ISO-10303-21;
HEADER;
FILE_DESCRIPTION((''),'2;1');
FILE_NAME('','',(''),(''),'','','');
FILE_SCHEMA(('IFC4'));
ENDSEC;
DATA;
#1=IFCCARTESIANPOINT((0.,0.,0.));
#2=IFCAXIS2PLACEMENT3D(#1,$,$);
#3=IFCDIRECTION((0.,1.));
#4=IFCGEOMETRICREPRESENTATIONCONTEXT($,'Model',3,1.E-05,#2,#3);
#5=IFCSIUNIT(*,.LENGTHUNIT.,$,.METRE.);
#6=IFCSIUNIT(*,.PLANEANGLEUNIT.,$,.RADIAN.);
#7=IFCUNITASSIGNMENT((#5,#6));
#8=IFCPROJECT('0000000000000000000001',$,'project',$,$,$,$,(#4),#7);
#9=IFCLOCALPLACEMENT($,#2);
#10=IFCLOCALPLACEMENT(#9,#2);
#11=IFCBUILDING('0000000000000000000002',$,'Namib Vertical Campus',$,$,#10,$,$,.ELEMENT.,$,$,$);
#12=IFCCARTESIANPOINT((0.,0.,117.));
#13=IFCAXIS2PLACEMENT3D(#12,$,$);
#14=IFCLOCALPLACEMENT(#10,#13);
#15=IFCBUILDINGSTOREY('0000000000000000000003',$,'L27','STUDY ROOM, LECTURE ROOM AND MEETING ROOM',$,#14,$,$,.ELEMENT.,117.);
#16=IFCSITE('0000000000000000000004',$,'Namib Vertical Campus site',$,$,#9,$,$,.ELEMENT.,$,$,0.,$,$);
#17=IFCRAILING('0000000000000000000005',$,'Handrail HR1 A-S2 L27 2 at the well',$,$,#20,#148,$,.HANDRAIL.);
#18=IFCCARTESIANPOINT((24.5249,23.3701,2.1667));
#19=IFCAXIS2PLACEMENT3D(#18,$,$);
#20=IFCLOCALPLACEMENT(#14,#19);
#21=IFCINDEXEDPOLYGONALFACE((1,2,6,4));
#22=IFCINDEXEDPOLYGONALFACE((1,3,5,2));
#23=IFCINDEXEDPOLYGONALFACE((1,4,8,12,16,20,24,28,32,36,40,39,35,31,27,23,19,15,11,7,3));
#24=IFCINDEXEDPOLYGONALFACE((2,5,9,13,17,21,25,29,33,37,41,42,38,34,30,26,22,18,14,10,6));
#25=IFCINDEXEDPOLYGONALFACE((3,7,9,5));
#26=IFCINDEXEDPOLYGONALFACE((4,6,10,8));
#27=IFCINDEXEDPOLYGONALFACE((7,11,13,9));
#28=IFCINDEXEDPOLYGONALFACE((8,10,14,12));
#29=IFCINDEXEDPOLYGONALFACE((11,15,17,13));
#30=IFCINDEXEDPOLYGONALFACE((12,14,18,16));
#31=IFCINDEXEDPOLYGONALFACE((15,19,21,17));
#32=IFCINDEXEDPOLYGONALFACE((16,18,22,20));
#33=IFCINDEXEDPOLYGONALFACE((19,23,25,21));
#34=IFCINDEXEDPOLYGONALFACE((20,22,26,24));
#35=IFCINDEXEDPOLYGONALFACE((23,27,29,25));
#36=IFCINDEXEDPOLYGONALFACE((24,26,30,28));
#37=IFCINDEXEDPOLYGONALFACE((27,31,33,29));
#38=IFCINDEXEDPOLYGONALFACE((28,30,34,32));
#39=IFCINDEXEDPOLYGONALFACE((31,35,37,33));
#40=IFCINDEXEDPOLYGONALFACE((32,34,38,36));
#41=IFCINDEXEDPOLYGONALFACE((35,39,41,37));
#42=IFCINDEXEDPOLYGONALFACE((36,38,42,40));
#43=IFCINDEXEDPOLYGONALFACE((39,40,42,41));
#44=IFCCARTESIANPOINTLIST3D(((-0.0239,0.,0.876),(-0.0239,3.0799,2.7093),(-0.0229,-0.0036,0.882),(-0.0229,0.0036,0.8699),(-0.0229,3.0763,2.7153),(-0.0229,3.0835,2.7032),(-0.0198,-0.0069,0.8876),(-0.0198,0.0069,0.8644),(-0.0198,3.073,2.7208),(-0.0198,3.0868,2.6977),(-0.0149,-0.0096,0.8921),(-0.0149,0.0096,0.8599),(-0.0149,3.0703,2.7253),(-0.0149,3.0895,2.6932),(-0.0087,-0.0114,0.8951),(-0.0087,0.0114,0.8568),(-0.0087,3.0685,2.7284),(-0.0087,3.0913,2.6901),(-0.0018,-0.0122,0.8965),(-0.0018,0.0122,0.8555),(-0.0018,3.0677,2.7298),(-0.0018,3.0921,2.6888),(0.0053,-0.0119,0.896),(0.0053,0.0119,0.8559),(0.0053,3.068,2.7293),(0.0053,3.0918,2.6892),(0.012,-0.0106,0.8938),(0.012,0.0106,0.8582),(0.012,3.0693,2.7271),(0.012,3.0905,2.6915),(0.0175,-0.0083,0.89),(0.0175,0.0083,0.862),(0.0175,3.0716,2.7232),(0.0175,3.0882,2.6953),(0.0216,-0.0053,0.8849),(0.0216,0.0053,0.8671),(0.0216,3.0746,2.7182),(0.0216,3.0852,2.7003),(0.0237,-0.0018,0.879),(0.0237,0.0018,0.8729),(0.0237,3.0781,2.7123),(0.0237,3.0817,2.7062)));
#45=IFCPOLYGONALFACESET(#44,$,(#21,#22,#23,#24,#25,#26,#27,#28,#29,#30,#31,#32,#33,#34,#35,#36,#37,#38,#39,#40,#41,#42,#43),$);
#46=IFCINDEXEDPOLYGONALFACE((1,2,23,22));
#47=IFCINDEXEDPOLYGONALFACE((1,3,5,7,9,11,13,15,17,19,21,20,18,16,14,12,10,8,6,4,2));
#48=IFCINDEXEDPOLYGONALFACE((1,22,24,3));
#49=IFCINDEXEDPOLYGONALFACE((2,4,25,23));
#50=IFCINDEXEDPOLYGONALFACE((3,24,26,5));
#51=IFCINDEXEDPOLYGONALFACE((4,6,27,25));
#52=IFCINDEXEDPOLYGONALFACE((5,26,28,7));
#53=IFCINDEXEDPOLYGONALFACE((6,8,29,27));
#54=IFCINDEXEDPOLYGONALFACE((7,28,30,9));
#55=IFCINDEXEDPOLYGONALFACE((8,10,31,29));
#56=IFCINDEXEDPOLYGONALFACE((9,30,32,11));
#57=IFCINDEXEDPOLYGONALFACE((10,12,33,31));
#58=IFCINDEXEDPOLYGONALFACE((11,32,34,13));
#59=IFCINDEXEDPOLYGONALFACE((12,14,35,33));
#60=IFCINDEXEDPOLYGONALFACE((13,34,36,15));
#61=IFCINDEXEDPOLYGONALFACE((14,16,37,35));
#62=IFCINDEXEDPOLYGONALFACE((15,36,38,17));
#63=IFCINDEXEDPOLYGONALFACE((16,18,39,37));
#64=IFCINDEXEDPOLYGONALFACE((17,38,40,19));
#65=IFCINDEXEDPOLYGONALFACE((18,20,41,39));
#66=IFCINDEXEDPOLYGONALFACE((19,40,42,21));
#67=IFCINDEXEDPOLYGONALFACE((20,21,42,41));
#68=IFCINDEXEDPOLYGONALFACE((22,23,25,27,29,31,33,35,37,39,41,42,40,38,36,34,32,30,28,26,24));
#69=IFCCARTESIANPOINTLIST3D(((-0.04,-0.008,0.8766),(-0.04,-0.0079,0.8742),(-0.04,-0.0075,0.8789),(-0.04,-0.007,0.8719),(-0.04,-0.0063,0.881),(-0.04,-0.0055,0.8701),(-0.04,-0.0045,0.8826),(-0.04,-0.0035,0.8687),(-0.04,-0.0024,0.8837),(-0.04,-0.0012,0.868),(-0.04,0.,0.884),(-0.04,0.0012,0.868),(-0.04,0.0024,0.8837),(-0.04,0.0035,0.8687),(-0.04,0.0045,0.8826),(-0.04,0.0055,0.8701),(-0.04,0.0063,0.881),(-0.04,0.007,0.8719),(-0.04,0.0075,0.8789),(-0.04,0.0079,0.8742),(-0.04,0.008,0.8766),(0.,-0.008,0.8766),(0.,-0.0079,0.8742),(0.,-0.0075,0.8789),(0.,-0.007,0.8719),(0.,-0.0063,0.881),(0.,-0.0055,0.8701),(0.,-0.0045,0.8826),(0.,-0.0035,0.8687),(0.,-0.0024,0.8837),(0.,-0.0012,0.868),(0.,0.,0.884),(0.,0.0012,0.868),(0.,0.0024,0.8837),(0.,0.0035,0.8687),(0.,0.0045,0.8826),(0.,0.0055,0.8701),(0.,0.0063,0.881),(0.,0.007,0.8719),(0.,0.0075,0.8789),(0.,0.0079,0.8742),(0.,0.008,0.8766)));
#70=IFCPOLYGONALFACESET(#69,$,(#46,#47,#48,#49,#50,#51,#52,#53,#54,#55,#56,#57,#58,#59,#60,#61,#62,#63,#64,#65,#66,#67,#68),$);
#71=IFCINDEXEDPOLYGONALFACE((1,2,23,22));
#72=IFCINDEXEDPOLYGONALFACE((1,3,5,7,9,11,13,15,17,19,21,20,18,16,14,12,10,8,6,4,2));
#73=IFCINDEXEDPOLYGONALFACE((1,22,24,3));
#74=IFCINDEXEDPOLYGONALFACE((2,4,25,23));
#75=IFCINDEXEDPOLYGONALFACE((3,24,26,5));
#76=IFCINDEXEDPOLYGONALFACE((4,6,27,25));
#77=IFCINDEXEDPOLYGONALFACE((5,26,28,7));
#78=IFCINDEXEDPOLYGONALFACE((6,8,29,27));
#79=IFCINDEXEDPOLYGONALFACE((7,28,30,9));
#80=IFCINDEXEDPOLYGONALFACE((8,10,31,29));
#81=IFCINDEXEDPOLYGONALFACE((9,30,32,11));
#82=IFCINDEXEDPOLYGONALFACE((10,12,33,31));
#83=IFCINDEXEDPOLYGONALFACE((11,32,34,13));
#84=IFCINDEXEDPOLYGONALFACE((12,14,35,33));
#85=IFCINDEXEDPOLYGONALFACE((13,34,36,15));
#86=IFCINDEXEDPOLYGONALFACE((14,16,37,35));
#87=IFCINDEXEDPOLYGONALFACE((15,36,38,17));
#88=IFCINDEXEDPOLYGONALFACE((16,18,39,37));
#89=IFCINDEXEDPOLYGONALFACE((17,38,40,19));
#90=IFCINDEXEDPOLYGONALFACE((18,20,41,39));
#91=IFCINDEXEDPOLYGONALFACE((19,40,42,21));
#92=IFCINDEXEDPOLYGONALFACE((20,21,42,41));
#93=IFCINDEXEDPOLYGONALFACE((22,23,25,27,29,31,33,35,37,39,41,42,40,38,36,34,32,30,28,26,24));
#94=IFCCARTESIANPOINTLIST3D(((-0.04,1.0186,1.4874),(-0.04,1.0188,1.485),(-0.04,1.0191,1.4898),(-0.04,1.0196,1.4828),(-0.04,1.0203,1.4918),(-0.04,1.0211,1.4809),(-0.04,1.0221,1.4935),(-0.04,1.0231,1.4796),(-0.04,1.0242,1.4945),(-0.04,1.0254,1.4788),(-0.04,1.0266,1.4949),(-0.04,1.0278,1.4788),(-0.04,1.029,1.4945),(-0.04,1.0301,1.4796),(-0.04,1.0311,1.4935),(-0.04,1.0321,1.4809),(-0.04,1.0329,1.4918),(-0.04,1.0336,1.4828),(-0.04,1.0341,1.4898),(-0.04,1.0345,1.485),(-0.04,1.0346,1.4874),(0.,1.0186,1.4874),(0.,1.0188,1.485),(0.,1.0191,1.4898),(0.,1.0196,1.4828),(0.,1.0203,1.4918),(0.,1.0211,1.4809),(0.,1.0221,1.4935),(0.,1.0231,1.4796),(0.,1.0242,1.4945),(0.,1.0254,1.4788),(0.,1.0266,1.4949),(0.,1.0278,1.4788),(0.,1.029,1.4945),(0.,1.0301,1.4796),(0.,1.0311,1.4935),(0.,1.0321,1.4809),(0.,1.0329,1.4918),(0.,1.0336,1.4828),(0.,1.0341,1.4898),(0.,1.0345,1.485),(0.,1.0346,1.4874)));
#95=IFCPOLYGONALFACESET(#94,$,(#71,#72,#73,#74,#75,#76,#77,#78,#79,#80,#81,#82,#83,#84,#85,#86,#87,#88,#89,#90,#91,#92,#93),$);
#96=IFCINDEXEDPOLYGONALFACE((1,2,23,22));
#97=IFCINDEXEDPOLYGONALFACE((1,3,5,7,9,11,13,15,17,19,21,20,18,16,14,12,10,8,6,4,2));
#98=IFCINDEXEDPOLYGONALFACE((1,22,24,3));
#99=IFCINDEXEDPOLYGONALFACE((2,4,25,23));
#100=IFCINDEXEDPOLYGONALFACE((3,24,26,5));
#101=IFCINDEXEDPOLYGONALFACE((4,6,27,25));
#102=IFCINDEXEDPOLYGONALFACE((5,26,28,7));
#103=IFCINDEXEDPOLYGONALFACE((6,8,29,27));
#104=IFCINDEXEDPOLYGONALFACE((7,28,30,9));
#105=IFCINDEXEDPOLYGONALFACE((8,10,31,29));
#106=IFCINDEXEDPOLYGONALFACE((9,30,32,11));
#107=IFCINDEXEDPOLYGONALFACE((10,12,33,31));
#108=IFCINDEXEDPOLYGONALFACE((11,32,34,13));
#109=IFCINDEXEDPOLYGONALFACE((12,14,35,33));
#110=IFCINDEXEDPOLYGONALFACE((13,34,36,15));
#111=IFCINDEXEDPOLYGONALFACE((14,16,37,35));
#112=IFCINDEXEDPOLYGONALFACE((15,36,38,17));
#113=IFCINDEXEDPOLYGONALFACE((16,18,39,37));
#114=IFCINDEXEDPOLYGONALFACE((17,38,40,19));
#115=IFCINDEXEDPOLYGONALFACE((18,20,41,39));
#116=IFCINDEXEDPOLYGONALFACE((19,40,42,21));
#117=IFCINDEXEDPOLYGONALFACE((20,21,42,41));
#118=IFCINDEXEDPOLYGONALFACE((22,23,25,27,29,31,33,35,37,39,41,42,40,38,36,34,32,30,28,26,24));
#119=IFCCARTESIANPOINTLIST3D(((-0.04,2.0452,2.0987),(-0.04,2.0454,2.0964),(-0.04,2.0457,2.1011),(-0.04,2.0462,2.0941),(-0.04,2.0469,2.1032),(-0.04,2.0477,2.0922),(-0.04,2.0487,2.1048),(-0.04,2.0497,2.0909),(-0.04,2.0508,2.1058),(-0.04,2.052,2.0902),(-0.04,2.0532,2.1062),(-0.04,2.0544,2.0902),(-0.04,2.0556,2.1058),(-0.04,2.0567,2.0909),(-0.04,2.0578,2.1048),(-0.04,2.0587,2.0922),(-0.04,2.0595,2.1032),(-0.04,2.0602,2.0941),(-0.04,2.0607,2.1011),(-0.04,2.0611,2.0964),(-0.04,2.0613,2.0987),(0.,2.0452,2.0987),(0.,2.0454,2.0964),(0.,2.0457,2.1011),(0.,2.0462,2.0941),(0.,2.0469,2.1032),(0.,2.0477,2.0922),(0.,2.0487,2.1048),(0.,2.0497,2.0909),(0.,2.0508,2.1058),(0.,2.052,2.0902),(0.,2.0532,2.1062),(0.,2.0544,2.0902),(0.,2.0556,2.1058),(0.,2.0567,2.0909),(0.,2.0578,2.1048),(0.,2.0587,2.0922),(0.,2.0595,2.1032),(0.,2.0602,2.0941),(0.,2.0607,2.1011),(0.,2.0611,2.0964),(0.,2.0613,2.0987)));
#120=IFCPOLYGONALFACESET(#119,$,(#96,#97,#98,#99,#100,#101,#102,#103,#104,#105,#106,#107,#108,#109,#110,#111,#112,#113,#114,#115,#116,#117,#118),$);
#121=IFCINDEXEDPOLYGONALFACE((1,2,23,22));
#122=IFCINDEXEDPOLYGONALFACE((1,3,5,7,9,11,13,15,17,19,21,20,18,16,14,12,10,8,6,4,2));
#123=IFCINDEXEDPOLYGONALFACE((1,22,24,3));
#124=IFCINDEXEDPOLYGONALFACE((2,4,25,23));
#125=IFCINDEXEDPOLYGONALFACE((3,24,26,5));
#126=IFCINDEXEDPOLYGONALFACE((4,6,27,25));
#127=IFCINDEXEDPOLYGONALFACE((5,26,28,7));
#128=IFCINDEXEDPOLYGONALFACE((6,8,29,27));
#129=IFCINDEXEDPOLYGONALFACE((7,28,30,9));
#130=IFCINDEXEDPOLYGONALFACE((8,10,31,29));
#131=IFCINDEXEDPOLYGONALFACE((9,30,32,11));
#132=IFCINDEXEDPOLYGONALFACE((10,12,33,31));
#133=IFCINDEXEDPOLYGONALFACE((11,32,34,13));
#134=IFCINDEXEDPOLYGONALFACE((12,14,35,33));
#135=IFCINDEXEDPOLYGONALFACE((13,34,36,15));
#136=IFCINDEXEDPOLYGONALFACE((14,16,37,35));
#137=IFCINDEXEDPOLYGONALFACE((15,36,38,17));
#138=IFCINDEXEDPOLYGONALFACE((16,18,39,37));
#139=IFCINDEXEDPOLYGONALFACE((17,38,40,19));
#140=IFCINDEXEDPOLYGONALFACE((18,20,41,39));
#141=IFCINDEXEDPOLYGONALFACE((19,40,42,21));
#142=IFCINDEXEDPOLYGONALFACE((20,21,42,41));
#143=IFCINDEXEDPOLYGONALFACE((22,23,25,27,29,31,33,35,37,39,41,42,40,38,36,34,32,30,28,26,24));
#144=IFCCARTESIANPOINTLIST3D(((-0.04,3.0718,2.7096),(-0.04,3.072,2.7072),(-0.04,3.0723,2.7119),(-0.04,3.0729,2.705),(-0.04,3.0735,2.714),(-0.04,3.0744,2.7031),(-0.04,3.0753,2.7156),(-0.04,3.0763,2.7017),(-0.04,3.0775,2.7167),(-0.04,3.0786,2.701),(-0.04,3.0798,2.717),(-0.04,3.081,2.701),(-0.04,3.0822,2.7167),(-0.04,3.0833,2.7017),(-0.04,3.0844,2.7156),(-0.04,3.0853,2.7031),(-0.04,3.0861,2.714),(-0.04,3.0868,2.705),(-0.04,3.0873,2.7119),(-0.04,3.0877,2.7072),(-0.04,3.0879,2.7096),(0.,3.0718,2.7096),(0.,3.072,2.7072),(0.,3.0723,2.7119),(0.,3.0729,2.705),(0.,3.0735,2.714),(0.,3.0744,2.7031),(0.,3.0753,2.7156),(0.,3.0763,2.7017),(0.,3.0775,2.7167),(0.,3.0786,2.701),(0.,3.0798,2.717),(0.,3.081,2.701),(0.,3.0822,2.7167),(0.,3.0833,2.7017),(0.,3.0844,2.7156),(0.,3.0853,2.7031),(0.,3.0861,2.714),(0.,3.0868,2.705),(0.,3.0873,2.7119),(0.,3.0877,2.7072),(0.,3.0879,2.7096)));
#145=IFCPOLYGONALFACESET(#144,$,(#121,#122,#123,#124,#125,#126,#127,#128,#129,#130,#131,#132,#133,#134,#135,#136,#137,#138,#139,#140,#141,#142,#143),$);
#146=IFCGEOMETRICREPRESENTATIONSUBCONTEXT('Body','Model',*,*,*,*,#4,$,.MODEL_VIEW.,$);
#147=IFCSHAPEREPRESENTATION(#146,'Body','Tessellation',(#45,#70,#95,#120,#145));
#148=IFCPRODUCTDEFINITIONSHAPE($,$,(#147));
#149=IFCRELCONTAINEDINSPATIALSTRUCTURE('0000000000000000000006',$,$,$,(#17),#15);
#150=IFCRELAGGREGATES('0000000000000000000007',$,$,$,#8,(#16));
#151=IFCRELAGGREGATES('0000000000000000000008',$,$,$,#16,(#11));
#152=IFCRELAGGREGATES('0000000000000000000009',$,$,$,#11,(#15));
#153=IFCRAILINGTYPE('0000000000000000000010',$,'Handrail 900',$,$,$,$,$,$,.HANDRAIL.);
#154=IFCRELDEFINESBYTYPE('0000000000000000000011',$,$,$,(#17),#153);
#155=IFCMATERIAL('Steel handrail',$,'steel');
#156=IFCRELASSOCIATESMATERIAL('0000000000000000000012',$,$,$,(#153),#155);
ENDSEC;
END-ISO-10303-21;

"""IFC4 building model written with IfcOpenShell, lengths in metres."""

from ifc_helpers import new_model, si_unit, direction, frame, origin, origin_2d, place, context, subcontext, project, spatial, circle, extrude, material, type_object, element, save


model = new_model("IFC4")

# Units and contexts
model_context = context("Model", 3, precision=1e-05, world=origin(), true_north=direction((0.0, 1.0)))
body_context = subcontext(model_context, "Body", "Model", "MODEL_VIEW")
ifc_project = project(units=[si_unit("LENGTHUNIT", "METRE"), si_unit("PLANEANGLEUNIT", "RADIAN")], contexts=[model_context])

# Site, building, storey
site_placement = place(None, origin())
site = spatial("IfcSite", under=ifc_project, at=site_placement, Name="Namib Vertical Campus site", CompositionType="ELEMENT", RefElevation=0.0)
building_placement = place(site_placement, origin())
building = spatial("IfcBuilding", under=site, at=building_placement, Name="Namib Vertical Campus", CompositionType="ELEMENT")
storey_placement = place(building_placement, frame((0.0, 0.0, 117.0)))
storey = spatial("IfcBuildingStorey", under=building, at=storey_placement, Name="L27", Description="STUDY ROOM, LECTURE ROOM AND MEETING ROOM", CompositionType="ELEMENT", Elevation=117.0)

# Railing
ifc_material_1 = material(Name="Steel handrail", Category="steel")
railing_type_1 = type_object("IfcRailingType", Name="Handrail 900", PredefinedType="HANDRAIL", material=ifc_material_1)
railing_1_placement = place(storey_placement, frame((24.5249, 23.3701, 2.1667)))
element("IfcRailing", 1, at=railing_1_placement, inside=storey, type_object=railing_type_1, Name="Handrail HR1 A-S2 L27 2 at the well", PredefinedType="HANDRAIL", context=body_context, shape_type="SweptSolid", body=[
    extrude(circle(Radius=0.0239, at=origin_2d()), frame((0.0, 0.0, 0.876), z_axis=(0.0, 0.859291, 0.511487), x_axis=(-1.0, 0.0, 0.0)), (0.0, 0.0, 1.0), 3.5842),
    extrude(circle(Radius=0.0081, at=origin_2d()), frame((0.0, 0.0, 0.876), z_axis=(-1.0, 0.0, 0.0), x_axis=(0.0, 0.0, 1.0)), (0.0, 0.0, 1.0), 0.04),
    extrude(circle(Radius=0.0081, at=origin_2d()), frame((0.0, 1.0266, 1.4868), z_axis=(-1.0, 0.0, 0.0), x_axis=(0.0, 0.0, 1.0)), (0.0, 0.0, 1.0), 0.04),
    extrude(circle(Radius=0.0081, at=origin_2d()), frame((0.0, 2.0532, 2.0981), z_axis=(-1.0, 0.0, 0.0), x_axis=(0.0, 0.0, 1.0)), (0.0, 0.0, 1.0), 0.04),
    extrude(circle(Radius=0.0081, at=origin_2d()), frame((0.0, 3.0798, 2.709), z_axis=(-1.0, 0.0, 0.0), x_axis=(0.0, 0.0, 1.0)), (0.0, 0.0, 1.0), 0.04),
])

save(model, "model.ifc")
